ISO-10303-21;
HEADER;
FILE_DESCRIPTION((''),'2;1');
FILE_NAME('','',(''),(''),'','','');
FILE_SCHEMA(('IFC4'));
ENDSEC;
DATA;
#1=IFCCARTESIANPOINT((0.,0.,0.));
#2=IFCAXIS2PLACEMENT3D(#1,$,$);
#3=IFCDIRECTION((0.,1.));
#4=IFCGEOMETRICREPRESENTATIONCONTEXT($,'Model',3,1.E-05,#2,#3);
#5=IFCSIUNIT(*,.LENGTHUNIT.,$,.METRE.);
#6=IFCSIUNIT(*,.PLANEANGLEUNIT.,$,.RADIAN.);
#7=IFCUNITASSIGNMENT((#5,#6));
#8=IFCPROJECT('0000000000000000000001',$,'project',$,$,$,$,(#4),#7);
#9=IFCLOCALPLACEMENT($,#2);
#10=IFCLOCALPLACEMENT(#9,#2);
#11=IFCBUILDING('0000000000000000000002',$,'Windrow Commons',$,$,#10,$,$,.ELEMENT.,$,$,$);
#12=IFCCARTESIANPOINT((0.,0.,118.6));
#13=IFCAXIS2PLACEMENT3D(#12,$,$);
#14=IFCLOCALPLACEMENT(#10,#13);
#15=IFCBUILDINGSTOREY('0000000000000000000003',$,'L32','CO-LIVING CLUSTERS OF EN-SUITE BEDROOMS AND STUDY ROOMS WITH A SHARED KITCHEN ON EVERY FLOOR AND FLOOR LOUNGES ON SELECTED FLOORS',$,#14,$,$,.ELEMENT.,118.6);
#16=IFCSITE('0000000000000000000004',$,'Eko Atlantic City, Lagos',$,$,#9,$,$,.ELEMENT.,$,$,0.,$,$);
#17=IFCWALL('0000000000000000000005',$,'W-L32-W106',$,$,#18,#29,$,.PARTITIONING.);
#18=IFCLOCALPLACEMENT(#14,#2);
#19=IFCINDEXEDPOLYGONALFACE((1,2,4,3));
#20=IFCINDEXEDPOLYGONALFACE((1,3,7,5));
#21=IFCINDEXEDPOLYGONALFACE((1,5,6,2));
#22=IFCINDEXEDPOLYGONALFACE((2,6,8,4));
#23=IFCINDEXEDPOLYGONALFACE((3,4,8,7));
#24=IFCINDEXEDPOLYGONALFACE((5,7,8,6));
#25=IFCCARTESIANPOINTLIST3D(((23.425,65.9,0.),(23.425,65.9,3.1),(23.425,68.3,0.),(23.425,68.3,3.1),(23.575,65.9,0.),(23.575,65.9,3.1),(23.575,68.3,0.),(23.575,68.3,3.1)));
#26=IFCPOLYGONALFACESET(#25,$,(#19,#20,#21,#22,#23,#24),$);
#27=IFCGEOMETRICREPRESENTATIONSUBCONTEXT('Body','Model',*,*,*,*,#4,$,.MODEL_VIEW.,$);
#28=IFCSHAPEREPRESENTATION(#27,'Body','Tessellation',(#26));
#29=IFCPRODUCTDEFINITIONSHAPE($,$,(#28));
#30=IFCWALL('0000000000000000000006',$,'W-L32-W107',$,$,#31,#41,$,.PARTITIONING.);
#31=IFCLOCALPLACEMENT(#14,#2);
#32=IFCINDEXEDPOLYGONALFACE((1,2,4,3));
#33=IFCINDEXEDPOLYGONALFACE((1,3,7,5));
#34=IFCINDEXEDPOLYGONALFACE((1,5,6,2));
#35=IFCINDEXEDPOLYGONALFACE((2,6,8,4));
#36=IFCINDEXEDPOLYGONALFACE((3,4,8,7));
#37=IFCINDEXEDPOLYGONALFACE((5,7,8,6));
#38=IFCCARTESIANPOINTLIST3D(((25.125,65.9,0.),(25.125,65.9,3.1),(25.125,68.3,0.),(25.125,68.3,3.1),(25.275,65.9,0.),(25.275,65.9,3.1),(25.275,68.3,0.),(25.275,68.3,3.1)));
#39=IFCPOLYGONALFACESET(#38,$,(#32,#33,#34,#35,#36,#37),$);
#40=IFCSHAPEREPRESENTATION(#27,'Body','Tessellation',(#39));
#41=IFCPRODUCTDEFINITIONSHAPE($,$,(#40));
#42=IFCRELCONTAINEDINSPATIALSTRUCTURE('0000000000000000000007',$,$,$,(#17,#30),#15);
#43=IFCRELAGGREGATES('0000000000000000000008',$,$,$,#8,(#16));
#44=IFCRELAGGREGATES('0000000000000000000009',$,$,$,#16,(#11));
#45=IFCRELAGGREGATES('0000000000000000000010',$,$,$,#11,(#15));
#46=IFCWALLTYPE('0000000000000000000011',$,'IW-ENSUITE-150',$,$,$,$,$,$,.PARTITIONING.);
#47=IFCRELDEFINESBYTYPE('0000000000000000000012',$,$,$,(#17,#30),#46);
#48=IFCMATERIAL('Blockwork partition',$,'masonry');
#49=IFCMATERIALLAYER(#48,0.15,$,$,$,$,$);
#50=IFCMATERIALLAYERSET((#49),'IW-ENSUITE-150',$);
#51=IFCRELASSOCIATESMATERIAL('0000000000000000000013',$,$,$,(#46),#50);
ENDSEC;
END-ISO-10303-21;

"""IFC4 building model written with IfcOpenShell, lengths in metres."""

from ifc_helpers import new_model, si_unit, direction, frame, frame_2d, origin, place, context, subcontext, project, spatial, rectangle, extrude, material, layer, layer_set, type_object, element, save


model = new_model("IFC4")

# Units and contexts
model_context = context("Model", 3, precision=1e-05, world=origin(), true_north=direction((0.0, 1.0)))
body_context = subcontext(model_context, "Body", "Model", "MODEL_VIEW")
ifc_project = project(units=[si_unit("LENGTHUNIT", "METRE"), si_unit("PLANEANGLEUNIT", "RADIAN")], contexts=[model_context])

# Site, building, storey
site_placement = place(None, origin())
site = spatial("IfcSite", under=ifc_project, at=site_placement, Name="Eko Atlantic City, Lagos", CompositionType="ELEMENT", RefElevation=0.0)
building_placement = place(site_placement, origin())
building = spatial("IfcBuilding", under=site, at=building_placement, Name="Windrow Commons", CompositionType="ELEMENT")
storey_placement = place(building_placement, frame((0.0, 0.0, 118.6)))
storey = spatial("IfcBuildingStorey", under=building, at=storey_placement, Name="L32", Description="CO-LIVING CLUSTERS OF EN-SUITE BEDROOMS AND STUDY ROOMS WITH A SHARED KITCHEN ON EVERY FLOOR AND FLOOR LOUNGES ON SELECTED FLOORS", CompositionType="ELEMENT", Elevation=118.6)

# Walls
ifc_material_1 = material(Name="Blockwork partition", Category="masonry")
ifc_layer_1 = layer(ifc_material_1, 0.15)
ifc_layer_set_1 = layer_set([ifc_layer_1], Name="IW-ENSUITE-150")
wall_type_1 = type_object("IfcWallType", Name="IW-ENSUITE-150", PredefinedType="PARTITIONING", material=ifc_layer_set_1)
for number, where, z_axis, x_axis, name in (
    (1, (23.5, 65.9, 0.0), (0.0, 0.0, 1.0), (0.0, 1.0, 0.0), "W-L32-W106"),
    (2, (25.2, 65.9, 0.0), (0.0, 0.0, 1.0), (0.0, 1.0, 0.0), "W-L32-W107"),
):
    element("IfcWall", number, at=place(storey_placement, frame(where, z_axis=z_axis, x_axis=x_axis)), inside=storey, type_object=wall_type_1, Name=name, PredefinedType="PARTITIONING", context=body_context, shape_type="SweptSolid", body=[
        extrude(rectangle(XDim=2.4, YDim=0.15, at=frame_2d((1.2, 0.0))), origin(), (0.0, 0.0, 1.0), 3.1),
    ])

save(model, "model.ifc")
